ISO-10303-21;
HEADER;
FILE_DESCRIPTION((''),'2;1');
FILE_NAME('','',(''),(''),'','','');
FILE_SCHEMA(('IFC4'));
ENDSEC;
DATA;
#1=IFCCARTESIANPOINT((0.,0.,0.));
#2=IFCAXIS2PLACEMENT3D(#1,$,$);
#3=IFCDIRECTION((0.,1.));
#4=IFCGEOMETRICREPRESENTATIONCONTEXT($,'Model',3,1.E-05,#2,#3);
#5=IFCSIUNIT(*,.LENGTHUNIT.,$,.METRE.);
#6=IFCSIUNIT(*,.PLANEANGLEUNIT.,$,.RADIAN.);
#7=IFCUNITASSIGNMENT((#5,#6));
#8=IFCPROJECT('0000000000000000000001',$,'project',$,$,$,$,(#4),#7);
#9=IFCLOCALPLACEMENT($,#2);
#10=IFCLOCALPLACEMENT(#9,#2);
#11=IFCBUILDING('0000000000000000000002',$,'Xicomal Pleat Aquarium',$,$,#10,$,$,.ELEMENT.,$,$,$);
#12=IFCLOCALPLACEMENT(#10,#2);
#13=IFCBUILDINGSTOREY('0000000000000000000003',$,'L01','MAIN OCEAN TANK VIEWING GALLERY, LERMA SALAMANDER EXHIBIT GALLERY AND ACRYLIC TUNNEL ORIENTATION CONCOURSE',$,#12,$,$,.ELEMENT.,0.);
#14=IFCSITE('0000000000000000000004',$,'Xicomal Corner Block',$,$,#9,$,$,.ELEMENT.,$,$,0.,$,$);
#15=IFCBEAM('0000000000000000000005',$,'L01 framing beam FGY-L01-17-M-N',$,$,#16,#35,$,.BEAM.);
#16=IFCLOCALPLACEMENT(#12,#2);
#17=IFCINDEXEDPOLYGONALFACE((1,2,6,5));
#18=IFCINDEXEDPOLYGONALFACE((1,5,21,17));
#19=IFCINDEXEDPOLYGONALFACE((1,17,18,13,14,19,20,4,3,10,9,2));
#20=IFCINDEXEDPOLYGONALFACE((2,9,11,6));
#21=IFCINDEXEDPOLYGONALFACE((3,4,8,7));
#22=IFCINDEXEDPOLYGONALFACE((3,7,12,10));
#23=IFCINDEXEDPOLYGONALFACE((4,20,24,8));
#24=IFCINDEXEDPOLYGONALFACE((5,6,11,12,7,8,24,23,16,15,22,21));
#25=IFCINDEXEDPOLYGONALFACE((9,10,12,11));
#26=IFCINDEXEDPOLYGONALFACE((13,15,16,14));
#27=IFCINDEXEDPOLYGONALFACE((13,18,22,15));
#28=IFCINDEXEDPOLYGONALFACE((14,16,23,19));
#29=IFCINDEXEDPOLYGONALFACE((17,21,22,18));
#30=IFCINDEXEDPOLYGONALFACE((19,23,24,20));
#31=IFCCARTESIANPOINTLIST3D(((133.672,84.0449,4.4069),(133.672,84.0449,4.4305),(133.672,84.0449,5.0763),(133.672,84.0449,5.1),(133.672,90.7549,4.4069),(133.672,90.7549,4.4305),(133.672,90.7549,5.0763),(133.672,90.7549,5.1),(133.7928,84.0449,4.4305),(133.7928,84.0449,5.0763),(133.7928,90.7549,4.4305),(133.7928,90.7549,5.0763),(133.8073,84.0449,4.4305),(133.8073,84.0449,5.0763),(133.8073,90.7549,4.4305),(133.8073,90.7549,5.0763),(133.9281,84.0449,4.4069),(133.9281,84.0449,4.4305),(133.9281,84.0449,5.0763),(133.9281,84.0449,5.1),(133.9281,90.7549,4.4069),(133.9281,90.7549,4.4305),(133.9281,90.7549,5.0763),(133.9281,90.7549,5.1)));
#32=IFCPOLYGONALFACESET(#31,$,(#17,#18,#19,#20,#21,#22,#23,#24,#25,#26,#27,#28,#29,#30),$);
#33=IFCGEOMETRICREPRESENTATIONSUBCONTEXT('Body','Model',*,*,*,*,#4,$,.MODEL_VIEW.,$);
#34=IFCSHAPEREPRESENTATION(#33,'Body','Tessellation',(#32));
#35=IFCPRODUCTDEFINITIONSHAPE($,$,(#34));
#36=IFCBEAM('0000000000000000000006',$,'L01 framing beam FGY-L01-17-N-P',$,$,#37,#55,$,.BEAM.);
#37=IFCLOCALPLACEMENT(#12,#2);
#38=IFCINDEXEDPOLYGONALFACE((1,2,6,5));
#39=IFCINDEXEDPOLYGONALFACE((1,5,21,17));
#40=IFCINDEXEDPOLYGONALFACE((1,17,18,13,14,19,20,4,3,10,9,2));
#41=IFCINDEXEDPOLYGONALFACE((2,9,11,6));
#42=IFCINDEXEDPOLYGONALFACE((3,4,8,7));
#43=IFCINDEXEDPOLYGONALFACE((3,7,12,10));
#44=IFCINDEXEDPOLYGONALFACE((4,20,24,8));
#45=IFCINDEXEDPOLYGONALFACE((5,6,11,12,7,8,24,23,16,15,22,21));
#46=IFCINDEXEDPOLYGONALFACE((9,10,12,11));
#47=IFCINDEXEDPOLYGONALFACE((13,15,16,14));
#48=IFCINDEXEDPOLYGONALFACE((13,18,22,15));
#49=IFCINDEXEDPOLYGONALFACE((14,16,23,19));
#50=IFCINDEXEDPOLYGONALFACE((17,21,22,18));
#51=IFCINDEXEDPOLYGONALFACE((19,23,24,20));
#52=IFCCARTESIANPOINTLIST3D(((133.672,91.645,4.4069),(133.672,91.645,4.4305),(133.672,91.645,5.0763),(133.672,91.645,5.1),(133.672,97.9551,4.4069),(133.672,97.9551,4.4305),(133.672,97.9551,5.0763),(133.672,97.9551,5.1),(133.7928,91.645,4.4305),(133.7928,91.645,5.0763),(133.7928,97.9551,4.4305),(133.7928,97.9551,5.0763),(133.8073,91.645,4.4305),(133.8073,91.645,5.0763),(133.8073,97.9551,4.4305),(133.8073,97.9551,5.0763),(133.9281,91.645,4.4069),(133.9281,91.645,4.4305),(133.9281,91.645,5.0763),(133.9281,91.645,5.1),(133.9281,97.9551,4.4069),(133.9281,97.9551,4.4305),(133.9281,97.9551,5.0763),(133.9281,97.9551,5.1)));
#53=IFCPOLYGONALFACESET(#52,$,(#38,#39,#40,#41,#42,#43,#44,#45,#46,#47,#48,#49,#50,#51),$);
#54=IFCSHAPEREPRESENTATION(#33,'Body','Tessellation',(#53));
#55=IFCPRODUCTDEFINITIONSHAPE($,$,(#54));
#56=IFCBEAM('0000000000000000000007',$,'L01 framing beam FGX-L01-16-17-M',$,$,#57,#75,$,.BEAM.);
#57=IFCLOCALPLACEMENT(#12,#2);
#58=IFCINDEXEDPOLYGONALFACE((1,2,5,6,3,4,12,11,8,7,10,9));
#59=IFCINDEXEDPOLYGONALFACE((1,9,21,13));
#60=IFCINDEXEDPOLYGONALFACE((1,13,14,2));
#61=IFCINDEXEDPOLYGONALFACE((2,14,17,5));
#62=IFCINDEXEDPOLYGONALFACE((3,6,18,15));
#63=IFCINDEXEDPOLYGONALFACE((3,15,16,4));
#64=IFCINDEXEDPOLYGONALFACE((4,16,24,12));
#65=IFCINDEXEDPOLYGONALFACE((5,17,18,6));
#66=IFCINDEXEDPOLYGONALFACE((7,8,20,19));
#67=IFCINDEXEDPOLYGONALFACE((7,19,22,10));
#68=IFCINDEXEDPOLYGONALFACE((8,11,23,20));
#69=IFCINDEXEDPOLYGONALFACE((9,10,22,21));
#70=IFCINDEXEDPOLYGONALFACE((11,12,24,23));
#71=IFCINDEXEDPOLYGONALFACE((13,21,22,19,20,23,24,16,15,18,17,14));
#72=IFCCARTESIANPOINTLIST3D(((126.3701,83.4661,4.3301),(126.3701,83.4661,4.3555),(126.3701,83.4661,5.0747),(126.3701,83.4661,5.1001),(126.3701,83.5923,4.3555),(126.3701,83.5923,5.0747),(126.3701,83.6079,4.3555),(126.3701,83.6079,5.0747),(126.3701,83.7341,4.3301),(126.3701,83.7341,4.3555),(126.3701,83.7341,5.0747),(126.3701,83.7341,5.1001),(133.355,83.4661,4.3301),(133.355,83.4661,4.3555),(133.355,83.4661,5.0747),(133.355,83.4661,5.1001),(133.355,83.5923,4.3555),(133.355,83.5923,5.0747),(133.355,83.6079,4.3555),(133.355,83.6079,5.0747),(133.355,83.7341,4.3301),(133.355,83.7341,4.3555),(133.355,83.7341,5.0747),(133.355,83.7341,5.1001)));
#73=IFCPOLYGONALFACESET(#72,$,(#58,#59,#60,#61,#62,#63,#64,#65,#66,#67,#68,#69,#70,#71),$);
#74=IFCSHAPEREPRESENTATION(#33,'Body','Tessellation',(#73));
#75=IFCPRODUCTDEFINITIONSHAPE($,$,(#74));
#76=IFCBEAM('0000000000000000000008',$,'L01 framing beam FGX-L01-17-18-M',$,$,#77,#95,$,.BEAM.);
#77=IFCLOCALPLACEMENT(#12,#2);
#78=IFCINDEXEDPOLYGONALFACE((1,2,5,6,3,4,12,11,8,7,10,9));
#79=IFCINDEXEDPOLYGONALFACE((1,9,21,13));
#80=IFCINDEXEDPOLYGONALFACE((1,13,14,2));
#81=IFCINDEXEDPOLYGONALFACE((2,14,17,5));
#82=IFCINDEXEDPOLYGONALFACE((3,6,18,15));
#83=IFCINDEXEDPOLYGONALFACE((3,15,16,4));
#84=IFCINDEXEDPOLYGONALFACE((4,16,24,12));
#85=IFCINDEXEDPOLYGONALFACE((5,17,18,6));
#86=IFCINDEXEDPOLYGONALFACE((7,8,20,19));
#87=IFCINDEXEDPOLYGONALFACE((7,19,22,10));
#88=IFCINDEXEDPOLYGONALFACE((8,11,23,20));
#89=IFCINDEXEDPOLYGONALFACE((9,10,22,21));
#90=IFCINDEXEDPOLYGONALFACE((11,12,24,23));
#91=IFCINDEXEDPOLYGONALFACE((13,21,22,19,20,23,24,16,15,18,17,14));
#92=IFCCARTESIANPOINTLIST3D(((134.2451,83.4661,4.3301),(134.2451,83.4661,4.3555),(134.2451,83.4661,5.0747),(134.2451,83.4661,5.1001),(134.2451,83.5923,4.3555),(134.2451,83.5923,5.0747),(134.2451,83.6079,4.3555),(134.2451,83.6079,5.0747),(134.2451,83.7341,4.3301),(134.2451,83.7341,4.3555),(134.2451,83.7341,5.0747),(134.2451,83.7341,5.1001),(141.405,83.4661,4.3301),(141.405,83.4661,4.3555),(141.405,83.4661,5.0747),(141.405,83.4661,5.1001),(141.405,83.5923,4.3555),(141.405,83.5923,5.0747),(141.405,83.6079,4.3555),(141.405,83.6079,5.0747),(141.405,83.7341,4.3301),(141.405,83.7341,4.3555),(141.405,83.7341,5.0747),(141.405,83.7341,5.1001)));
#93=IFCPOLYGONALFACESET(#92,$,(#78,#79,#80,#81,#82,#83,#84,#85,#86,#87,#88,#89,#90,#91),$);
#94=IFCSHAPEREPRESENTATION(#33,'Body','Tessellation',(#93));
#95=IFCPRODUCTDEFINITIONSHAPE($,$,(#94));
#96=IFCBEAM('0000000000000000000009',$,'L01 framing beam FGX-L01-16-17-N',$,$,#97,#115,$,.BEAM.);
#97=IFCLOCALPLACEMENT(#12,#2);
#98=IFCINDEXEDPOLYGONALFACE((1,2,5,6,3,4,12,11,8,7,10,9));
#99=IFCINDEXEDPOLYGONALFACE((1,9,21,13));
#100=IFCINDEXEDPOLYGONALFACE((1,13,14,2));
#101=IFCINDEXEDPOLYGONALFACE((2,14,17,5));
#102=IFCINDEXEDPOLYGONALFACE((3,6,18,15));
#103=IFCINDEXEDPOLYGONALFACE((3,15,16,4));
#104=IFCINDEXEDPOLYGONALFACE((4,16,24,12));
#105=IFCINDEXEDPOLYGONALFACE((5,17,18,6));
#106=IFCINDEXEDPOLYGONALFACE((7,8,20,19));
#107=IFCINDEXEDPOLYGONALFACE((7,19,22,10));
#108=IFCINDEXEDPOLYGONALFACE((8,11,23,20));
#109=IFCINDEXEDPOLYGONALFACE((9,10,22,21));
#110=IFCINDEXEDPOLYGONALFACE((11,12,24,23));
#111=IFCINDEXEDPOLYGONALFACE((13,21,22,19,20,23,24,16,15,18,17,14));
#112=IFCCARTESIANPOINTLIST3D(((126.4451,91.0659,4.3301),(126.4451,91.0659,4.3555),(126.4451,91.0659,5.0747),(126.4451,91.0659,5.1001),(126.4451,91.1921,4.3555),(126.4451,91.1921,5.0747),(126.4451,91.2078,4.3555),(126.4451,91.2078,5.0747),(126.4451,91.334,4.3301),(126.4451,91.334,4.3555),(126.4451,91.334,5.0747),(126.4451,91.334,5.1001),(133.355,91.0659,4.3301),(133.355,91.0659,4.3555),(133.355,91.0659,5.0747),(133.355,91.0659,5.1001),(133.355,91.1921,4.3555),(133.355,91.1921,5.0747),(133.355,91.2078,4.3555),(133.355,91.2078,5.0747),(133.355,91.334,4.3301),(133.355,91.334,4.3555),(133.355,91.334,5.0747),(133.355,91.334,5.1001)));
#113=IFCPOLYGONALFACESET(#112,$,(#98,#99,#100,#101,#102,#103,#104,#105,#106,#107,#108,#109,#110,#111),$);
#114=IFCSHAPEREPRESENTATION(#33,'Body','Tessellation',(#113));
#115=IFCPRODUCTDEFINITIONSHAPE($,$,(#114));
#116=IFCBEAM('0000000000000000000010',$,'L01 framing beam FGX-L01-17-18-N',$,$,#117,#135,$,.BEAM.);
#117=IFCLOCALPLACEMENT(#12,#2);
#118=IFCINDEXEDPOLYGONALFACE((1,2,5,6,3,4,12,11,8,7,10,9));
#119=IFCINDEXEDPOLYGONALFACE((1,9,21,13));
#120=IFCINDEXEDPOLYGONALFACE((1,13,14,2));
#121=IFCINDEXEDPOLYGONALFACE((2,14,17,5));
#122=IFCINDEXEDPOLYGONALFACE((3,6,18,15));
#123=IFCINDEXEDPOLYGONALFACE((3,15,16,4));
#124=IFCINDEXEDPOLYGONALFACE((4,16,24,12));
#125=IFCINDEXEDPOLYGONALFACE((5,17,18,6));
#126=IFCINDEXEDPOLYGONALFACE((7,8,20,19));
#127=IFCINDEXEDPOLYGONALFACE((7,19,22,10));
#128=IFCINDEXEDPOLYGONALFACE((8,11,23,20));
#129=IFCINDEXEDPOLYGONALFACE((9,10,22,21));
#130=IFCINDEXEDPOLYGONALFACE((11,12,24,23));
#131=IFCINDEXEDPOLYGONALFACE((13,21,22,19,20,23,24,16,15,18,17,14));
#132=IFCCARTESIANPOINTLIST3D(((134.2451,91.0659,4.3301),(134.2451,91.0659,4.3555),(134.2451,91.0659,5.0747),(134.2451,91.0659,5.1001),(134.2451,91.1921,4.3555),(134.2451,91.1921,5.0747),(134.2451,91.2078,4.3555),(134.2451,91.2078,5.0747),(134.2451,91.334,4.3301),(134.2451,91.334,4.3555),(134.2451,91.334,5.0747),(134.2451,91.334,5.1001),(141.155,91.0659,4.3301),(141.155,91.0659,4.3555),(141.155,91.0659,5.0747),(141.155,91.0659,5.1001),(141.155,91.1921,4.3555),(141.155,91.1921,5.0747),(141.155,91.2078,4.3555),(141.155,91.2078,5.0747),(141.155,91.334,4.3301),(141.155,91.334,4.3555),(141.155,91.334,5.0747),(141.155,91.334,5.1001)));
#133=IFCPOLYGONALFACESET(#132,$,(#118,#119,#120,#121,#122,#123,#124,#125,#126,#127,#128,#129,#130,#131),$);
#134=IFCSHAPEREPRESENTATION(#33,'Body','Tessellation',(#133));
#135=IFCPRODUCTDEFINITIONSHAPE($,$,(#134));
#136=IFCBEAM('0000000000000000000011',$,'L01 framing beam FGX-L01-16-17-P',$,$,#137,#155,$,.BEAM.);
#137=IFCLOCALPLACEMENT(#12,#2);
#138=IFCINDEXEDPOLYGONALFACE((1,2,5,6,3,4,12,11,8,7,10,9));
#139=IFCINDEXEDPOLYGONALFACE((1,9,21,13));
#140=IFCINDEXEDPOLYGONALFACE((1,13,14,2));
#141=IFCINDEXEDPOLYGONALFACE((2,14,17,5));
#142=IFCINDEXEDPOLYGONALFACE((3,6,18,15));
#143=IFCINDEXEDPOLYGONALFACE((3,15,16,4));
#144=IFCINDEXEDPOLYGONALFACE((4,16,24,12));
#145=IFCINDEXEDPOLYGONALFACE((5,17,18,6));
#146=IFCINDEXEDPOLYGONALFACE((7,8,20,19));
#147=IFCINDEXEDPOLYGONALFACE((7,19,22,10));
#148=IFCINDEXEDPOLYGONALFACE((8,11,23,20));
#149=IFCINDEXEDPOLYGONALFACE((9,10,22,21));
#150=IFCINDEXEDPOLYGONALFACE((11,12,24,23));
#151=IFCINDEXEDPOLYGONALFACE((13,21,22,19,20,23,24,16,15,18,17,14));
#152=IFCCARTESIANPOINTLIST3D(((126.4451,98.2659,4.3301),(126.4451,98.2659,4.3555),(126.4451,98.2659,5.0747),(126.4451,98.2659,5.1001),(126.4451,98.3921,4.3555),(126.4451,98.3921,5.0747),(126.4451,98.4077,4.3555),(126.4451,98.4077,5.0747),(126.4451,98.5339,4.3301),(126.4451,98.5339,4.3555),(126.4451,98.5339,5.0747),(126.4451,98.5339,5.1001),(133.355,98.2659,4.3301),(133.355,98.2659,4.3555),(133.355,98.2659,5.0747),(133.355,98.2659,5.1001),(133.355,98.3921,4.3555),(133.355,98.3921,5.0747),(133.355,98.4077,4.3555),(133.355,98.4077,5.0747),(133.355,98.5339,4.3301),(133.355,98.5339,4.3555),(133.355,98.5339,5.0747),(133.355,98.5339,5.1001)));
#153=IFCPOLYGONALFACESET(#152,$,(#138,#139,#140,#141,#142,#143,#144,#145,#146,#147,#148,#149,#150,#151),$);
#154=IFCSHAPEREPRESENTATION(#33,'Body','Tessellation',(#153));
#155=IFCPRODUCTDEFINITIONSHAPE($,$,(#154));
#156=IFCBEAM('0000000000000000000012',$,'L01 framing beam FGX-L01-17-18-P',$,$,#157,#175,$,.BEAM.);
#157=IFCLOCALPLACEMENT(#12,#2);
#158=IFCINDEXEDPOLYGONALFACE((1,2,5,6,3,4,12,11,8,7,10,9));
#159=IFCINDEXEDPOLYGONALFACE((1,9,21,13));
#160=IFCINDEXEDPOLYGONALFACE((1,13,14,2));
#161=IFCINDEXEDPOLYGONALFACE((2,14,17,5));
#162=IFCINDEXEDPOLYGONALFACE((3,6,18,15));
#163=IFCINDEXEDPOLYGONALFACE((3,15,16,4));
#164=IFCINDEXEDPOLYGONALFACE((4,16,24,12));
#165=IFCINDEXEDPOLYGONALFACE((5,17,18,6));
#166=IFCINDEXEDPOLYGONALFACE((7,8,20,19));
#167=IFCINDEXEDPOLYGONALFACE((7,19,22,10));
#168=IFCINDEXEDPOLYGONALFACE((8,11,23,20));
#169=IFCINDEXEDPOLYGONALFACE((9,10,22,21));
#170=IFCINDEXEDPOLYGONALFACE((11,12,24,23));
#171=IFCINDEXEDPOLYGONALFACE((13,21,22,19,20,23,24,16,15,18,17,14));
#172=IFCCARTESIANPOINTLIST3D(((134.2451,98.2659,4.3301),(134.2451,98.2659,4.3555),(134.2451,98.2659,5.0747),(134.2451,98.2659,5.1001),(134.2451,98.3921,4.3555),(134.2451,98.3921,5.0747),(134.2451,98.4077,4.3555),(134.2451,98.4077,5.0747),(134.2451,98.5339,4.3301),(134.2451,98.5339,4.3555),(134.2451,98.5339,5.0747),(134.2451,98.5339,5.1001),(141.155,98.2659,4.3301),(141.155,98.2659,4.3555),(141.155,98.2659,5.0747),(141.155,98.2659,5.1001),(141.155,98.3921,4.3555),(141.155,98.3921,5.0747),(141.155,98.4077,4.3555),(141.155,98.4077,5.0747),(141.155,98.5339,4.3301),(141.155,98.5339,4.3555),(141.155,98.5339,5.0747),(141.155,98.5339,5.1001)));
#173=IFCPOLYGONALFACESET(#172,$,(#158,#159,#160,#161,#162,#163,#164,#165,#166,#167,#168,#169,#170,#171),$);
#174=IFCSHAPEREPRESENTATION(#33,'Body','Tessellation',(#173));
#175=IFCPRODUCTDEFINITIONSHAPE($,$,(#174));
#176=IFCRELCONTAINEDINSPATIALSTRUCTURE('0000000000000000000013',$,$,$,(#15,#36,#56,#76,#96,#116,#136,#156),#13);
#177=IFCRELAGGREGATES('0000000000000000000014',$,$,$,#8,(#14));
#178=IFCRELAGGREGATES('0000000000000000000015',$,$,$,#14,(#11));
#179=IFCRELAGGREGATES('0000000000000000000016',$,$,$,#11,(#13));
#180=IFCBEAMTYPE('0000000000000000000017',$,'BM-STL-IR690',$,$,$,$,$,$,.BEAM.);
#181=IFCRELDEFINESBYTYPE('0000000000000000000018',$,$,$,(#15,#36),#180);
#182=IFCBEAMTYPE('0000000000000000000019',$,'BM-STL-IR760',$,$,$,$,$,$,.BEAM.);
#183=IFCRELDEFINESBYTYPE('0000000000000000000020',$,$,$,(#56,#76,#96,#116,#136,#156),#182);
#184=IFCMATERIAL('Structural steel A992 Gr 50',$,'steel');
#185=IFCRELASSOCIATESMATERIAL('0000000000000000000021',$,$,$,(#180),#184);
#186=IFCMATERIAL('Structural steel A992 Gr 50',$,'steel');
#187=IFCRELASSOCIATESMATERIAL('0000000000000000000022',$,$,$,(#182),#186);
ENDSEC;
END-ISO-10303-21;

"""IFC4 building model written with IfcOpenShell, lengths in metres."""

from ifc_helpers import new_model, si_unit, direction, frame, origin, origin_2d, place, context, subcontext, project, spatial, i_section, extrude, material, material_profile, profile_set, type_object, element, save


model = new_model("IFC4")

# Units and contexts
model_context = context("Model", 3, precision=1e-05, world=origin(), true_north=direction((0.0, 1.0)))
body_context = subcontext(model_context, "Body", "Model", "MODEL_VIEW")
ifc_project = project(units=[si_unit("LENGTHUNIT", "METRE"), si_unit("PLANEANGLEUNIT", "RADIAN")], contexts=[model_context])

# Site, building, storey
site_placement = place(None, origin())
site = spatial("IfcSite", under=ifc_project, at=site_placement, Name="Xicomal Corner Block", CompositionType="ELEMENT", RefElevation=0.0)
building_placement = place(site_placement, origin())
building = spatial("IfcBuilding", under=site, at=building_placement, Name="Xicomal Pleat Aquarium", CompositionType="ELEMENT")
storey_placement = place(building_placement, origin())
storey = spatial("IfcBuildingStorey", under=building, at=storey_placement, Name="L01", Description="MAIN OCEAN TANK VIEWING GALLERY, LERMA SALAMANDER EXHIBIT GALLERY AND ACRYLIC TUNNEL ORIENTATION CONCOURSE", CompositionType="ELEMENT", Elevation=0.0)

# Beams
ifc_material_1 = material(Name="Structural steel A992 Gr 50", Category="steel")
ifc_material_profile_1 = material_profile(ifc_material_1, i_section(OverallWidth=0.2561, OverallDepth=0.6931, WebThickness=0.0144, FlangeThickness=0.0237, at=origin_2d()), Name="IR 690x170")
ifc_profile_set_1 = profile_set([ifc_material_profile_1], Name="Structural steel A992 Gr 50")
beam_type_1 = type_object("IfcBeamType", Name="BM-STL-IR690", PredefinedType="BEAM", material=ifc_profile_set_1)
beam_1_placement = place(storey_placement, frame((133.8, 84.0449, 4.7534), z_axis=(0.0, 1.0, 0.0), x_axis=(-1.0, 0.0, 0.0)))
element("IfcBeam", 1, at=beam_1_placement, inside=storey, type_object=beam_type_1, Name="L01 framing beam FGY-L01-17-M-N", PredefinedType="BEAM", context=body_context, shape_type="SweptSolid", body=[
    extrude(i_section(OverallWidth=0.2561, OverallDepth=0.6931, WebThickness=0.0144, FlangeThickness=0.0237, at=origin_2d()), origin(), (0.0, 0.0, 1.0), 6.71),
])
beam_2_placement = place(storey_placement, frame((133.8, 91.645, 4.7534), z_axis=(0.0, 1.0, 0.0), x_axis=(-1.0, 0.0, 0.0)))
element("IfcBeam", 2, at=beam_2_placement, inside=storey, type_object=beam_type_1, Name="L01 framing beam FGY-L01-17-N-P", PredefinedType="BEAM", context=body_context, shape_type="SweptSolid", body=[
    extrude(i_section(OverallWidth=0.2561, OverallDepth=0.6931, WebThickness=0.0144, FlangeThickness=0.0237, at=origin_2d()), origin(), (0.0, 0.0, 1.0), 6.3101),
])
ifc_material_2 = material(Name="Structural steel A992 Gr 50", Category="steel")
ifc_material_profile_2 = material_profile(ifc_material_2, i_section(OverallWidth=0.2681, OverallDepth=0.77, WebThickness=0.0156, FlangeThickness=0.0254, at=origin_2d()), Name="IR 760x196")
ifc_profile_set_2 = profile_set([ifc_material_profile_2], Name="Structural steel A992 Gr 50")
beam_type_2 = type_object("IfcBeamType", Name="BM-STL-IR760", PredefinedType="BEAM", material=ifc_profile_set_2)
beam_3_placement = place(storey_placement, frame((126.3701, 83.6001, 4.7151), z_axis=(1.0, 0.0, 0.0), x_axis=(0.0, 1.0, 0.0)))
element("IfcBeam", 3, at=beam_3_placement, inside=storey, type_object=beam_type_2, Name="L01 framing beam FGX-L01-16-17-M", PredefinedType="BEAM", context=body_context, shape_type="SweptSolid", body=[
    extrude(i_section(OverallWidth=0.2681, OverallDepth=0.77, WebThickness=0.0156, FlangeThickness=0.0254, at=origin_2d()), origin(), (0.0, 0.0, 1.0), 6.9849),
])
beam_4_placement = place(storey_placement, frame((134.2451, 83.6001, 4.7151), z_axis=(1.0, 0.0, 0.0), x_axis=(0.0, 1.0, 0.0)))
element("IfcBeam", 4, at=beam_4_placement, inside=storey, type_object=beam_type_2, Name="L01 framing beam FGX-L01-17-18-M", PredefinedType="BEAM", context=body_context, shape_type="SweptSolid", body=[
    extrude(i_section(OverallWidth=0.2681, OverallDepth=0.77, WebThickness=0.0156, FlangeThickness=0.0254, at=origin_2d()), origin(), (0.0, 0.0, 1.0), 7.1599),
])
for number, where, z_axis, x_axis, name in (
    (5, (126.4451, 91.2, 4.7151), (1.0, 0.0, 0.0), (0.0, 1.0, 0.0), "L01 framing beam FGX-L01-16-17-N"),
    (6, (134.2451, 91.2, 4.7151), (1.0, 0.0, 0.0), (0.0, 1.0, 0.0), "L01 framing beam FGX-L01-17-18-N"),
    (7, (126.4451, 98.3999, 4.7151), (1.0, 0.0, 0.0), (0.0, 1.0, 0.0), "L01 framing beam FGX-L01-16-17-P"),
    (8, (134.2451, 98.3999, 4.7151), (1.0, 0.0, 0.0), (0.0, 1.0, 0.0), "L01 framing beam FGX-L01-17-18-P"),
):
    element("IfcBeam", number, at=place(storey_placement, frame(where, z_axis=z_axis, x_axis=x_axis)), inside=storey, type_object=beam_type_2, Name=name, PredefinedType="BEAM", context=body_context, shape_type="SweptSolid", body=[
        extrude(i_section(OverallWidth=0.2681, OverallDepth=0.77, WebThickness=0.0156, FlangeThickness=0.0254, at=origin_2d()), origin(), (0.0, 0.0, 1.0), 6.9099),
    ])

save(model, "model.ifc")
